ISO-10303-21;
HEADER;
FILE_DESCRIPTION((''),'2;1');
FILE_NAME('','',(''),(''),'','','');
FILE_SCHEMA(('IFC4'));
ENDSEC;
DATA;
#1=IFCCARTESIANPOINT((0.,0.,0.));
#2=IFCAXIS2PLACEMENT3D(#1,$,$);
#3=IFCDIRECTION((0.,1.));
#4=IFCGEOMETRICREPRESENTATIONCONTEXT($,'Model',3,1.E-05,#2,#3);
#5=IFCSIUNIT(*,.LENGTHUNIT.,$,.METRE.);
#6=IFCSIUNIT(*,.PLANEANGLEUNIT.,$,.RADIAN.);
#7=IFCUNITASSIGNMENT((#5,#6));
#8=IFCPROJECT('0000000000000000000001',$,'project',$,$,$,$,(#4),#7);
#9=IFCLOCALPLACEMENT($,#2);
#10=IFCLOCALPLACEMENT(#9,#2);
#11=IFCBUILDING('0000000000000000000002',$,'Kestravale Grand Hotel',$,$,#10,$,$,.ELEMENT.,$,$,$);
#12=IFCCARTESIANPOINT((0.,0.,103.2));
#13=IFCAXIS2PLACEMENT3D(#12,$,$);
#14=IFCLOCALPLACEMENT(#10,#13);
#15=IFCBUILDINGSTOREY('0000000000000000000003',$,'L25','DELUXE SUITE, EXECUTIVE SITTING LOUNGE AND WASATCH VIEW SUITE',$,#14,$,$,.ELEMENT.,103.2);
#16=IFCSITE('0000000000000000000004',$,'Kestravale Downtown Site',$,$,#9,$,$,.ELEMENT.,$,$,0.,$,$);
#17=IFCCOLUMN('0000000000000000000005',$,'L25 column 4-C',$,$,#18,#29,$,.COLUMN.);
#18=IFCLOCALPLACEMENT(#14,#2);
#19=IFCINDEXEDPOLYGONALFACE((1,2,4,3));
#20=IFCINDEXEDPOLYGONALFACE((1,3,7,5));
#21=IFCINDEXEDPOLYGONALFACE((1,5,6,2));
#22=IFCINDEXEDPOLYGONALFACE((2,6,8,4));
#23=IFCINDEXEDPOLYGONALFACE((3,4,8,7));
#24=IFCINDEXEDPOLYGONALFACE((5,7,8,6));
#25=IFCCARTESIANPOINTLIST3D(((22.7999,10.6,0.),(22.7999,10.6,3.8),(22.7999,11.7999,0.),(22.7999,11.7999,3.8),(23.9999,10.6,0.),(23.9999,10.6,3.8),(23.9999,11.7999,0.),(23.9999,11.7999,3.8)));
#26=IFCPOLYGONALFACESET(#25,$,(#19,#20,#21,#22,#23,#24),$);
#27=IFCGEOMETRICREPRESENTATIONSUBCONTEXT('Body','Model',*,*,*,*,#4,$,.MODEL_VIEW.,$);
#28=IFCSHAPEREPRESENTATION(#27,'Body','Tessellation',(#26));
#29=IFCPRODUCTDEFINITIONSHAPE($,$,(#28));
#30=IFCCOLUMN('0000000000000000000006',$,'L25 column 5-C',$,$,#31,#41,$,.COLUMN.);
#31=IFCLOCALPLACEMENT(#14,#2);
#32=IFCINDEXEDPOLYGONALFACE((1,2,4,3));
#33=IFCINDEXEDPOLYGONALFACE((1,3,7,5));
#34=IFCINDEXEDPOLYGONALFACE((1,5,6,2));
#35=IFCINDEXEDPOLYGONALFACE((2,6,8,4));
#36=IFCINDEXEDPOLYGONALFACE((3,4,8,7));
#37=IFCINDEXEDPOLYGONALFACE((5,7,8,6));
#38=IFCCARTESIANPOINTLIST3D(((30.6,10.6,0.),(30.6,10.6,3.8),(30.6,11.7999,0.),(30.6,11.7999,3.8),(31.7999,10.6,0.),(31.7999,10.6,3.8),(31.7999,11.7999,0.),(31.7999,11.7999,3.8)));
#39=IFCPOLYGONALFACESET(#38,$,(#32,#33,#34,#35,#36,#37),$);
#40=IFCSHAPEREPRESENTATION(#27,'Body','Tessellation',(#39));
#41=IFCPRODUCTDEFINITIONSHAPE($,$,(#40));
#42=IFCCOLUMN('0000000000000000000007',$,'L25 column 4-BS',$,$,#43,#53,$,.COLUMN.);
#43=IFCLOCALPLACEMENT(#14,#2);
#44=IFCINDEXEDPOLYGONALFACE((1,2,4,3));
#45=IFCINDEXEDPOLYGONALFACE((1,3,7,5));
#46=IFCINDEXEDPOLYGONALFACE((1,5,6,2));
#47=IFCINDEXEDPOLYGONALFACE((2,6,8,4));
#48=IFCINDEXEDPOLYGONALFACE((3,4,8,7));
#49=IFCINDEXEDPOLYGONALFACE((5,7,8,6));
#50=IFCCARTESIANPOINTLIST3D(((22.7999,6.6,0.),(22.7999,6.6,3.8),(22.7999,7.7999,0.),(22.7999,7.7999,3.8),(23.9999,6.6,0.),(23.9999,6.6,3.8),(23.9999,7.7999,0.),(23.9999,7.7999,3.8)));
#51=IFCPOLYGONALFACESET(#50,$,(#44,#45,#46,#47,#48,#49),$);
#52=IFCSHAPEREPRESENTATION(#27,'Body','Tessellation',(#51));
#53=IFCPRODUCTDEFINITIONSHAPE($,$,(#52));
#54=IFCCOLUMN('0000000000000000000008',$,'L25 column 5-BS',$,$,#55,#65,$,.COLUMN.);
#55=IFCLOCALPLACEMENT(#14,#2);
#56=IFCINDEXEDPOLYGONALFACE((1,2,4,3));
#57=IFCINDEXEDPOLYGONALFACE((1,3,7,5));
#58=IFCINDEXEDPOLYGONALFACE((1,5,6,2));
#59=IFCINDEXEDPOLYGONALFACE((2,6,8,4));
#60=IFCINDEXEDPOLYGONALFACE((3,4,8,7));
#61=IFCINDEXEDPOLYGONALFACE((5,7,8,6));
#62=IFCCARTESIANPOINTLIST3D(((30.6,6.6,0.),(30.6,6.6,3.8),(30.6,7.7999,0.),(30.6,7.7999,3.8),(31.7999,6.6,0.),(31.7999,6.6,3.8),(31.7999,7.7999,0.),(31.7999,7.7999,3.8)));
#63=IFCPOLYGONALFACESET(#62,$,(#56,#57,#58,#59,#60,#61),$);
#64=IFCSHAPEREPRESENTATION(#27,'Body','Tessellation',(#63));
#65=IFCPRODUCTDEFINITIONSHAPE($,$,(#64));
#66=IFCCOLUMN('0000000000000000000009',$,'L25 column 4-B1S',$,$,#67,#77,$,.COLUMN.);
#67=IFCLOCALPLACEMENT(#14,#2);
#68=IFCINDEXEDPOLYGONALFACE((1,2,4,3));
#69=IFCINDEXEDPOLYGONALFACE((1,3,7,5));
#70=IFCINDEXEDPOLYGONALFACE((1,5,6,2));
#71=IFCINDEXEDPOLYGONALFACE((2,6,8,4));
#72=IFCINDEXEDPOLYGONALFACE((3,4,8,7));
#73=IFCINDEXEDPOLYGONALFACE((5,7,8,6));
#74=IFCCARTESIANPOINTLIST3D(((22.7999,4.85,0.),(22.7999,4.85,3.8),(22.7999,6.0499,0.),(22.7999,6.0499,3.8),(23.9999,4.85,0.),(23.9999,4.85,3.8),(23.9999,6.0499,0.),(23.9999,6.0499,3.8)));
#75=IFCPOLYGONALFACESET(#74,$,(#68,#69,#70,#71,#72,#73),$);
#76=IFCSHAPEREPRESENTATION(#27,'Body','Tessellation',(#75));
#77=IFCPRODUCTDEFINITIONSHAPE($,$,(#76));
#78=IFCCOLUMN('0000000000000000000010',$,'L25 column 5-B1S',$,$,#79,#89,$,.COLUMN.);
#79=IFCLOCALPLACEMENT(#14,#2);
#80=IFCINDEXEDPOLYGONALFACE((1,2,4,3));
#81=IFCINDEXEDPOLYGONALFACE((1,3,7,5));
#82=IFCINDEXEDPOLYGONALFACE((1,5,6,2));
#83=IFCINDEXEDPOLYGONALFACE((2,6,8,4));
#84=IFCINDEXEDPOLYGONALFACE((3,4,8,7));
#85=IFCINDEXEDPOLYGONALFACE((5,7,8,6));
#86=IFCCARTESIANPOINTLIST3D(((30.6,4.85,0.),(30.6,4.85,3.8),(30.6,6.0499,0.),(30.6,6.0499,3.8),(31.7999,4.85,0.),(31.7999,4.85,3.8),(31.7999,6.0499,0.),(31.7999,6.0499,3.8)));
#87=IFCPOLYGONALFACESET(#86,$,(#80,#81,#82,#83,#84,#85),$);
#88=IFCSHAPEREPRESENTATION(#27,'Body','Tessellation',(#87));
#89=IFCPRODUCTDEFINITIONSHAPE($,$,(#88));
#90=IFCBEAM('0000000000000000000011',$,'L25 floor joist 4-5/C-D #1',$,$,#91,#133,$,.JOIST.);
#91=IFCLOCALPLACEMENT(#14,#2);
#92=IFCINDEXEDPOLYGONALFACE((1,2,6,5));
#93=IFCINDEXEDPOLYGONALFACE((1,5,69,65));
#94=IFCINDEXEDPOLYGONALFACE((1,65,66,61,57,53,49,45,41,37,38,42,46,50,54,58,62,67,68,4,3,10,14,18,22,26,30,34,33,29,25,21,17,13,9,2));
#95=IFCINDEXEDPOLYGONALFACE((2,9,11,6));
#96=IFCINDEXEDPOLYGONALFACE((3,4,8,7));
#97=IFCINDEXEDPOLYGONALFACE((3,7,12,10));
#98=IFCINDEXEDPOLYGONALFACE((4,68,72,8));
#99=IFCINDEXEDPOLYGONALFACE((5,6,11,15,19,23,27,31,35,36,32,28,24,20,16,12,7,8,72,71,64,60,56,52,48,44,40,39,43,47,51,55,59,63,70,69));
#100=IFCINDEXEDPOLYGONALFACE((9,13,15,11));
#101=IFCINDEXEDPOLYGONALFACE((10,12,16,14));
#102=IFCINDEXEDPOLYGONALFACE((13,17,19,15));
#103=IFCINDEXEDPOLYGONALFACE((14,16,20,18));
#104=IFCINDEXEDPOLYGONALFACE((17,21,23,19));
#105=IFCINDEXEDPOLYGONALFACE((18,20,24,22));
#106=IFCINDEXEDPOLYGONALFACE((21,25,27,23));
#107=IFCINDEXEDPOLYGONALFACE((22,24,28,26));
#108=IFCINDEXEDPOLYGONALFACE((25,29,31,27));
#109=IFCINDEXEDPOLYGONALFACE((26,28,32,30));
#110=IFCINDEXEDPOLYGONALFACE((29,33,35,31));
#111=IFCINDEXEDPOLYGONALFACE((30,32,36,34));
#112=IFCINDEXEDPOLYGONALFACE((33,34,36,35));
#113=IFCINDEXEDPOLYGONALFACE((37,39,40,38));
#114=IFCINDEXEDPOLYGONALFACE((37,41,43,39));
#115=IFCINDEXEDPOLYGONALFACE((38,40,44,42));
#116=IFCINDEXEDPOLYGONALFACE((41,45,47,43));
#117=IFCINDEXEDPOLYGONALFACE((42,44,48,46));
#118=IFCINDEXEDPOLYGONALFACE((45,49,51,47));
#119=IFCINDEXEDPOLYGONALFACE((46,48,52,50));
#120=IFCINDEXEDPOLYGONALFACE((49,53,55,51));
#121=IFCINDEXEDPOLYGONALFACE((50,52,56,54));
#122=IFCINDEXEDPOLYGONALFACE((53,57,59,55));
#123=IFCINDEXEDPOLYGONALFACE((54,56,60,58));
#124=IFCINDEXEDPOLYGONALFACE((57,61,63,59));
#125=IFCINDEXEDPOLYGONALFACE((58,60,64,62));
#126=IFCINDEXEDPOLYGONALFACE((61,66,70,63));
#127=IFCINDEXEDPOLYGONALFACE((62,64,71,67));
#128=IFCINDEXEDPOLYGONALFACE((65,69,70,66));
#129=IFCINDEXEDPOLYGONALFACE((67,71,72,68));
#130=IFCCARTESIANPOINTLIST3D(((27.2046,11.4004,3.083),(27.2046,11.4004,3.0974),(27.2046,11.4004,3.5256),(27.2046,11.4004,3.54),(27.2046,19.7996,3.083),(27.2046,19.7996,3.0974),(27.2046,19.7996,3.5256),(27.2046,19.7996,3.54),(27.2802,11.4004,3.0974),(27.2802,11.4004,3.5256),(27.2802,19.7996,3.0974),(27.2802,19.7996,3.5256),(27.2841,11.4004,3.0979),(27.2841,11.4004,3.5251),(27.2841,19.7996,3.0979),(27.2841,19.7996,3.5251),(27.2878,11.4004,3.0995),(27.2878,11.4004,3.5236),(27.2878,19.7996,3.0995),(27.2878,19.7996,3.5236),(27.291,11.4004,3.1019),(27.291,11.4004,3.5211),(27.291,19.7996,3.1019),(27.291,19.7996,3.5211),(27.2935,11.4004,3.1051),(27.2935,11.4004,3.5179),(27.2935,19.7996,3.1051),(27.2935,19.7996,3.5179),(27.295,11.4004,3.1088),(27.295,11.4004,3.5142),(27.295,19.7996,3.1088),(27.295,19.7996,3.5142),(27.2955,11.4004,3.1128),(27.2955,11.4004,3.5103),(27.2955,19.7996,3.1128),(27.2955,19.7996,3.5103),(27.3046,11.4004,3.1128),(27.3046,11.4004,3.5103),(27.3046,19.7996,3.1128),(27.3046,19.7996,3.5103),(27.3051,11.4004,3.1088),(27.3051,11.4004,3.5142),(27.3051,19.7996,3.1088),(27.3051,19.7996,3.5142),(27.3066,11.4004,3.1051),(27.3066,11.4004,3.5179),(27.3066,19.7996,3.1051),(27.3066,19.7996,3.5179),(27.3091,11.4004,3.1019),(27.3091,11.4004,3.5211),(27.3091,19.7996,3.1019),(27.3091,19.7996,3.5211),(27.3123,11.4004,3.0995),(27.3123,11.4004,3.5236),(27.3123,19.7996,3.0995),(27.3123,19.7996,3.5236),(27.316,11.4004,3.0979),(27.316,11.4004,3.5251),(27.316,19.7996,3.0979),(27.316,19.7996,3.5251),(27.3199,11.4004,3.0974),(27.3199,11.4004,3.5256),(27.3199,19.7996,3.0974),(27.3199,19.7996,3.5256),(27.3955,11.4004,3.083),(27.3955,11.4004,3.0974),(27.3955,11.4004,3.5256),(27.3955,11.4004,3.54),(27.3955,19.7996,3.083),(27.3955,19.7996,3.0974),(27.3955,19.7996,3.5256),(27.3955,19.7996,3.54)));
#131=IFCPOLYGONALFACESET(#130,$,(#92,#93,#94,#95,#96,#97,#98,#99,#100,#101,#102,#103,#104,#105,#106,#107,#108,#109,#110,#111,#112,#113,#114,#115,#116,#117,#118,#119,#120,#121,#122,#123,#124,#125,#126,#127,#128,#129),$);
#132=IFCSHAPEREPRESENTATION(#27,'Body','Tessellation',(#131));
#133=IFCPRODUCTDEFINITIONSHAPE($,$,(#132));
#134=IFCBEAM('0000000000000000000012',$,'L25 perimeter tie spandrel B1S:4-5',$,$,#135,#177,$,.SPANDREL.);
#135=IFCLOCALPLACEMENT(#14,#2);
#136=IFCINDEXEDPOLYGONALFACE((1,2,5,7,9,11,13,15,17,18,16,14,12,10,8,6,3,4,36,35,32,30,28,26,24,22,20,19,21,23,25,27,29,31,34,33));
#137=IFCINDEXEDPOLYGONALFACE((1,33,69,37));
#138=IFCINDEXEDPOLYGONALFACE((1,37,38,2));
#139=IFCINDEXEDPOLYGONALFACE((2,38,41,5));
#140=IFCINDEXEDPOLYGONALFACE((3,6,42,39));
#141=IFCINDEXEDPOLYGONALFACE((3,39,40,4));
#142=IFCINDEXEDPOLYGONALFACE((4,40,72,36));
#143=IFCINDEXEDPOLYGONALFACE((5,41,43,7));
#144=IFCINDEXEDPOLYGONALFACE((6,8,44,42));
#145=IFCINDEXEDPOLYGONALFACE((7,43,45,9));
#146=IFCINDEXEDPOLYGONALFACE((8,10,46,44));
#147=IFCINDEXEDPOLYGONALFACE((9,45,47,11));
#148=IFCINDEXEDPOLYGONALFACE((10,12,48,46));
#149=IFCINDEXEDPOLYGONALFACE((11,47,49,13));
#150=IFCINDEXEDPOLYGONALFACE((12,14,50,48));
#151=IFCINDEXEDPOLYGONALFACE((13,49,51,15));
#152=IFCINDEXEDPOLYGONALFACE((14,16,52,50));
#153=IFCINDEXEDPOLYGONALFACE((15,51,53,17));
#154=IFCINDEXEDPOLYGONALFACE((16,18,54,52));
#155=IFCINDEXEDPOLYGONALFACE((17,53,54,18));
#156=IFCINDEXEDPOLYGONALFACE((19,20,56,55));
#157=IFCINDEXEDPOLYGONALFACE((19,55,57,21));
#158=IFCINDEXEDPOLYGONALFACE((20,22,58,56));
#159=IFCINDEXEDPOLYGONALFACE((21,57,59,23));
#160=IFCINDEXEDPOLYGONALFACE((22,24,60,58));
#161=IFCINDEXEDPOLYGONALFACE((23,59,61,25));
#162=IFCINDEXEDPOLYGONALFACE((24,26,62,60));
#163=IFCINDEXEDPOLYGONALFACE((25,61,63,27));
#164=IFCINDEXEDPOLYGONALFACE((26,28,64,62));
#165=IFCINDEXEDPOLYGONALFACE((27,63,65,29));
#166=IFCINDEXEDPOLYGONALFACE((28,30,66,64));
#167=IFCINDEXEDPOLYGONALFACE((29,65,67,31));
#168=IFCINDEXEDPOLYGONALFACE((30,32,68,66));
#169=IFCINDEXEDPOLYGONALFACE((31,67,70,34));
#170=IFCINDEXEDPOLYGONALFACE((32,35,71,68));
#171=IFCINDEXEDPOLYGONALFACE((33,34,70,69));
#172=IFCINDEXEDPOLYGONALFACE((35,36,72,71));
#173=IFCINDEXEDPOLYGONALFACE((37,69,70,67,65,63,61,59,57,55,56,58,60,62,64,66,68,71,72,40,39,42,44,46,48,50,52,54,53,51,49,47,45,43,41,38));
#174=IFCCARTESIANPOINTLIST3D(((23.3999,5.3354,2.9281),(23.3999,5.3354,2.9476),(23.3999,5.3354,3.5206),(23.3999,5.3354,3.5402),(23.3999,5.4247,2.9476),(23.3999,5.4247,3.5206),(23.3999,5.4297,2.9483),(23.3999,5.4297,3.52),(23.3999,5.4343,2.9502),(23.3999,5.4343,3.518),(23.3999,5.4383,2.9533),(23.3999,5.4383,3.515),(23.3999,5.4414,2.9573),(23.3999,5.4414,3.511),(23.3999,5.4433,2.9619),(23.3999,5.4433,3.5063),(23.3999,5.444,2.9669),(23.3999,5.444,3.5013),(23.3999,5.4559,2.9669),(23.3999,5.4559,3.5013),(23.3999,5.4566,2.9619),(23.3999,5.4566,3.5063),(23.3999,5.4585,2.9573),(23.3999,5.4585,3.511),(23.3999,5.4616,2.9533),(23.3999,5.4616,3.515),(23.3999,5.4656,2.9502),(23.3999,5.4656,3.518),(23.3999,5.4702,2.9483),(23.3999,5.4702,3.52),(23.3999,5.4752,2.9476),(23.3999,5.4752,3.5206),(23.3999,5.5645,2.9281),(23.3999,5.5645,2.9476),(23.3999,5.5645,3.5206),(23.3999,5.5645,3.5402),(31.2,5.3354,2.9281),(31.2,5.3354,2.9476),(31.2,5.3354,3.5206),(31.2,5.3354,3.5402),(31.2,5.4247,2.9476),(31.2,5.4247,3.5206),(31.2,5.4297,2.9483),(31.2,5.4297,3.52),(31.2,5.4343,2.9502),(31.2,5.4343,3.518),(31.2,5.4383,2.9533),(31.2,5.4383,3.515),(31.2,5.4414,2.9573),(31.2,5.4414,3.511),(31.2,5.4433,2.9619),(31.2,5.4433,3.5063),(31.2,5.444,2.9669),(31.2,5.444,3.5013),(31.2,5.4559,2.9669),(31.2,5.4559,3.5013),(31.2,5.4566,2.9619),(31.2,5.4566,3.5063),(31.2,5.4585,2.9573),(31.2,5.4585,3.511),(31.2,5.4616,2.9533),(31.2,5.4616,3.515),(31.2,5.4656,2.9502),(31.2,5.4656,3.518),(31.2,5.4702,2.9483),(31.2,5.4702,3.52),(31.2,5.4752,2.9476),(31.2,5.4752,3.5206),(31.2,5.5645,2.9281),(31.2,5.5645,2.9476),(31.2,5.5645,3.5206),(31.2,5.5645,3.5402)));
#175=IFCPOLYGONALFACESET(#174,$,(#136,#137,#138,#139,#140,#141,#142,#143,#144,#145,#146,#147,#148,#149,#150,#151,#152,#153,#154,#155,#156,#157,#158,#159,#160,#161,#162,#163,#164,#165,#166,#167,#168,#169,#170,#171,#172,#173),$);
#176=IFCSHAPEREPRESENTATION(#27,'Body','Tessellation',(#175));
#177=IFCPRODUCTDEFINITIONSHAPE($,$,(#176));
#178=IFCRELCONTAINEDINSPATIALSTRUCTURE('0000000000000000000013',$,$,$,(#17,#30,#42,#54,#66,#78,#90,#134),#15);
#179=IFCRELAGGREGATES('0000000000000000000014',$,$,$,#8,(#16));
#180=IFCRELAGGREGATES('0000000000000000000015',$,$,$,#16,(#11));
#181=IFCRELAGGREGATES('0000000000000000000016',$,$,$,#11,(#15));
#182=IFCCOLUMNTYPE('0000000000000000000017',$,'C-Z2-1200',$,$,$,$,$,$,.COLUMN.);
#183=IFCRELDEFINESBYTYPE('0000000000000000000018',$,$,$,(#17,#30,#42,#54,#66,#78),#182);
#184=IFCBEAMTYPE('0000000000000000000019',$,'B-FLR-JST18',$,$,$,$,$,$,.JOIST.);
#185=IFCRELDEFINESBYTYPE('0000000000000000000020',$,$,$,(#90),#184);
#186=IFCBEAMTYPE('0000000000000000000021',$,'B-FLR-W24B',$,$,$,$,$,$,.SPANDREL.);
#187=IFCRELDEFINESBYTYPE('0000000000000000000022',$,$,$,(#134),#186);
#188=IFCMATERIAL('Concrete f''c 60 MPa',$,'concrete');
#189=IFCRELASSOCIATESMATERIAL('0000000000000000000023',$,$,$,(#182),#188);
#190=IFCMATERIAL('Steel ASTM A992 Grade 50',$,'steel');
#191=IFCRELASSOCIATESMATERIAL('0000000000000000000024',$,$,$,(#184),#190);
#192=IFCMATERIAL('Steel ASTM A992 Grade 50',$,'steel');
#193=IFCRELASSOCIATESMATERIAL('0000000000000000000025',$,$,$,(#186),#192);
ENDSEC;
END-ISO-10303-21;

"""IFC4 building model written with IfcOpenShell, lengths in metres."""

from ifc_helpers import new_model, si_unit, direction, frame, origin, origin_2d, place, context, subcontext, project, spatial, rectangle, i_section, extrude, material, material_profile, profile_set, type_object, element, save


model = new_model("IFC4")

# Units and contexts
model_context = context("Model", 3, precision=1e-05, world=origin(), true_north=direction((0.0, 1.0)))
body_context = subcontext(model_context, "Body", "Model", "MODEL_VIEW")
ifc_project = project(units=[si_unit("LENGTHUNIT", "METRE"), si_unit("PLANEANGLEUNIT", "RADIAN")], contexts=[model_context])

# Site, building, storey
site_placement = place(None, origin())
site = spatial("IfcSite", under=ifc_project, at=site_placement, Name="Kestravale Downtown Site", CompositionType="ELEMENT", RefElevation=0.0)
building_placement = place(site_placement, origin())
building = spatial("IfcBuilding", under=site, at=building_placement, Name="Kestravale Grand Hotel", CompositionType="ELEMENT")
storey_placement = place(building_placement, frame((0.0, 0.0, 103.2)))
storey = spatial("IfcBuildingStorey", under=building, at=storey_placement, Name="L25", Description="DELUXE SUITE, EXECUTIVE SITTING LOUNGE AND WASATCH VIEW SUITE", CompositionType="ELEMENT", Elevation=103.2)

# Columns
ifc_material_1 = material(Name="Concrete f'c 60 MPa", Category="concrete")
ifc_material_profile_1 = material_profile(ifc_material_1, rectangle(XDim=1.2, YDim=1.2, at=origin_2d()))
ifc_profile_set_1 = profile_set([ifc_material_profile_1], Name="Concrete f'c 60 MPa")
column_type = type_object("IfcColumnType", Name="C-Z2-1200", PredefinedType="COLUMN", material=ifc_profile_set_1)
for number, where, z_axis, x_axis, name in (
    (1, (23.3999, 11.2, 0.0), (0.0, 0.0, 1.0), (1.0, 0.0, 0.0), "L25 column 4-C"),
    (2, (31.2, 11.2, 0.0), (0.0, 0.0, 1.0), (1.0, 0.0, 0.0), "L25 column 5-C"),
    (3, (23.3999, 7.2, 0.0), (0.0, 0.0, 1.0), (1.0, 0.0, 0.0), "L25 column 4-BS"),
    (4, (31.2, 7.2, 0.0), (0.0, 0.0, 1.0), (1.0, 0.0, 0.0), "L25 column 5-BS"),
    (5, (23.3999, 5.45, 0.0), (0.0, 0.0, 1.0), (1.0, 0.0, 0.0), "L25 column 4-B1S"),
    (6, (31.2, 5.45, 0.0), (0.0, 0.0, 1.0), (1.0, 0.0, 0.0), "L25 column 5-B1S"),
):
    element("IfcColumn", number, at=place(storey_placement, frame(where, z_axis=z_axis, x_axis=x_axis)), inside=storey, type_object=column_type, Name=name, PredefinedType="COLUMN", context=body_context, shape_type="SweptSolid", body=[
        extrude(rectangle(XDim=1.2, YDim=1.2, at=origin_2d()), origin(), (0.0, 0.0, 1.0), 3.8),
    ])

# Beams
ifc_material_2 = material(Name="Steel ASTM A992 Grade 50", Category="steel")
ifc_material_profile_2 = material_profile(ifc_material_2, i_section(OverallWidth=0.1909, OverallDepth=0.457, WebThickness=0.009, FlangeThickness=0.0144, FilletRadius=0.0154, at=origin_2d()))
ifc_profile_set_2 = profile_set([ifc_material_profile_2], Name="Steel ASTM A992 Grade 50")
beam_type_1 = type_object("IfcBeamType", Name="B-FLR-JST18", PredefinedType="JOIST", material=ifc_profile_set_2)
beam_1_placement = place(storey_placement, frame((27.3, 11.4004, 3.3115), z_axis=(0.0, 1.0, 0.0), x_axis=(-1.0, 0.0, 0.0)))
element("IfcBeam", 7, at=beam_1_placement, inside=storey, type_object=beam_type_1, Name="L25 floor joist 4-5/C-D #1", PredefinedType="JOIST", context=body_context, shape_type="SweptSolid", body=[
    extrude(i_section(OverallWidth=0.1909, OverallDepth=0.457, WebThickness=0.009, FlangeThickness=0.0144, FilletRadius=0.0154, at=origin_2d()), origin(), (0.0, 0.0, 1.0), 8.3992),
])
ifc_material_3 = material(Name="Steel ASTM A992 Grade 50", Category="steel")
ifc_material_profile_3 = material_profile(ifc_material_3, i_section(OverallWidth=0.229, OverallDepth=0.6121, WebThickness=0.012, FlangeThickness=0.0195, FilletRadius=0.0193, at=origin_2d()))
ifc_profile_set_3 = profile_set([ifc_material_profile_3], Name="Steel ASTM A992 Grade 50")
beam_type_2 = type_object("IfcBeamType", Name="B-FLR-W24B", PredefinedType="SPANDREL", material=ifc_profile_set_3)
for number, where, z_axis, x_axis, name in (
    (8, (23.3999, 5.45, 3.2341), (1.0, 0.0, 0.0), (0.0, 1.0, 0.0), "L25 perimeter tie spandrel B1S:4-5"),
):
    element("IfcBeam", number, at=place(storey_placement, frame(where, z_axis=z_axis, x_axis=x_axis)), inside=storey, type_object=beam_type_2, Name=name, PredefinedType="SPANDREL", context=body_context, shape_type="SweptSolid", body=[
        extrude(i_section(OverallWidth=0.229, OverallDepth=0.6121, WebThickness=0.012, FlangeThickness=0.0195, FilletRadius=0.0193, at=origin_2d()), origin(), (0.0, 0.0, 1.0), 7.8),
    ])

save(model, "model.ifc")
